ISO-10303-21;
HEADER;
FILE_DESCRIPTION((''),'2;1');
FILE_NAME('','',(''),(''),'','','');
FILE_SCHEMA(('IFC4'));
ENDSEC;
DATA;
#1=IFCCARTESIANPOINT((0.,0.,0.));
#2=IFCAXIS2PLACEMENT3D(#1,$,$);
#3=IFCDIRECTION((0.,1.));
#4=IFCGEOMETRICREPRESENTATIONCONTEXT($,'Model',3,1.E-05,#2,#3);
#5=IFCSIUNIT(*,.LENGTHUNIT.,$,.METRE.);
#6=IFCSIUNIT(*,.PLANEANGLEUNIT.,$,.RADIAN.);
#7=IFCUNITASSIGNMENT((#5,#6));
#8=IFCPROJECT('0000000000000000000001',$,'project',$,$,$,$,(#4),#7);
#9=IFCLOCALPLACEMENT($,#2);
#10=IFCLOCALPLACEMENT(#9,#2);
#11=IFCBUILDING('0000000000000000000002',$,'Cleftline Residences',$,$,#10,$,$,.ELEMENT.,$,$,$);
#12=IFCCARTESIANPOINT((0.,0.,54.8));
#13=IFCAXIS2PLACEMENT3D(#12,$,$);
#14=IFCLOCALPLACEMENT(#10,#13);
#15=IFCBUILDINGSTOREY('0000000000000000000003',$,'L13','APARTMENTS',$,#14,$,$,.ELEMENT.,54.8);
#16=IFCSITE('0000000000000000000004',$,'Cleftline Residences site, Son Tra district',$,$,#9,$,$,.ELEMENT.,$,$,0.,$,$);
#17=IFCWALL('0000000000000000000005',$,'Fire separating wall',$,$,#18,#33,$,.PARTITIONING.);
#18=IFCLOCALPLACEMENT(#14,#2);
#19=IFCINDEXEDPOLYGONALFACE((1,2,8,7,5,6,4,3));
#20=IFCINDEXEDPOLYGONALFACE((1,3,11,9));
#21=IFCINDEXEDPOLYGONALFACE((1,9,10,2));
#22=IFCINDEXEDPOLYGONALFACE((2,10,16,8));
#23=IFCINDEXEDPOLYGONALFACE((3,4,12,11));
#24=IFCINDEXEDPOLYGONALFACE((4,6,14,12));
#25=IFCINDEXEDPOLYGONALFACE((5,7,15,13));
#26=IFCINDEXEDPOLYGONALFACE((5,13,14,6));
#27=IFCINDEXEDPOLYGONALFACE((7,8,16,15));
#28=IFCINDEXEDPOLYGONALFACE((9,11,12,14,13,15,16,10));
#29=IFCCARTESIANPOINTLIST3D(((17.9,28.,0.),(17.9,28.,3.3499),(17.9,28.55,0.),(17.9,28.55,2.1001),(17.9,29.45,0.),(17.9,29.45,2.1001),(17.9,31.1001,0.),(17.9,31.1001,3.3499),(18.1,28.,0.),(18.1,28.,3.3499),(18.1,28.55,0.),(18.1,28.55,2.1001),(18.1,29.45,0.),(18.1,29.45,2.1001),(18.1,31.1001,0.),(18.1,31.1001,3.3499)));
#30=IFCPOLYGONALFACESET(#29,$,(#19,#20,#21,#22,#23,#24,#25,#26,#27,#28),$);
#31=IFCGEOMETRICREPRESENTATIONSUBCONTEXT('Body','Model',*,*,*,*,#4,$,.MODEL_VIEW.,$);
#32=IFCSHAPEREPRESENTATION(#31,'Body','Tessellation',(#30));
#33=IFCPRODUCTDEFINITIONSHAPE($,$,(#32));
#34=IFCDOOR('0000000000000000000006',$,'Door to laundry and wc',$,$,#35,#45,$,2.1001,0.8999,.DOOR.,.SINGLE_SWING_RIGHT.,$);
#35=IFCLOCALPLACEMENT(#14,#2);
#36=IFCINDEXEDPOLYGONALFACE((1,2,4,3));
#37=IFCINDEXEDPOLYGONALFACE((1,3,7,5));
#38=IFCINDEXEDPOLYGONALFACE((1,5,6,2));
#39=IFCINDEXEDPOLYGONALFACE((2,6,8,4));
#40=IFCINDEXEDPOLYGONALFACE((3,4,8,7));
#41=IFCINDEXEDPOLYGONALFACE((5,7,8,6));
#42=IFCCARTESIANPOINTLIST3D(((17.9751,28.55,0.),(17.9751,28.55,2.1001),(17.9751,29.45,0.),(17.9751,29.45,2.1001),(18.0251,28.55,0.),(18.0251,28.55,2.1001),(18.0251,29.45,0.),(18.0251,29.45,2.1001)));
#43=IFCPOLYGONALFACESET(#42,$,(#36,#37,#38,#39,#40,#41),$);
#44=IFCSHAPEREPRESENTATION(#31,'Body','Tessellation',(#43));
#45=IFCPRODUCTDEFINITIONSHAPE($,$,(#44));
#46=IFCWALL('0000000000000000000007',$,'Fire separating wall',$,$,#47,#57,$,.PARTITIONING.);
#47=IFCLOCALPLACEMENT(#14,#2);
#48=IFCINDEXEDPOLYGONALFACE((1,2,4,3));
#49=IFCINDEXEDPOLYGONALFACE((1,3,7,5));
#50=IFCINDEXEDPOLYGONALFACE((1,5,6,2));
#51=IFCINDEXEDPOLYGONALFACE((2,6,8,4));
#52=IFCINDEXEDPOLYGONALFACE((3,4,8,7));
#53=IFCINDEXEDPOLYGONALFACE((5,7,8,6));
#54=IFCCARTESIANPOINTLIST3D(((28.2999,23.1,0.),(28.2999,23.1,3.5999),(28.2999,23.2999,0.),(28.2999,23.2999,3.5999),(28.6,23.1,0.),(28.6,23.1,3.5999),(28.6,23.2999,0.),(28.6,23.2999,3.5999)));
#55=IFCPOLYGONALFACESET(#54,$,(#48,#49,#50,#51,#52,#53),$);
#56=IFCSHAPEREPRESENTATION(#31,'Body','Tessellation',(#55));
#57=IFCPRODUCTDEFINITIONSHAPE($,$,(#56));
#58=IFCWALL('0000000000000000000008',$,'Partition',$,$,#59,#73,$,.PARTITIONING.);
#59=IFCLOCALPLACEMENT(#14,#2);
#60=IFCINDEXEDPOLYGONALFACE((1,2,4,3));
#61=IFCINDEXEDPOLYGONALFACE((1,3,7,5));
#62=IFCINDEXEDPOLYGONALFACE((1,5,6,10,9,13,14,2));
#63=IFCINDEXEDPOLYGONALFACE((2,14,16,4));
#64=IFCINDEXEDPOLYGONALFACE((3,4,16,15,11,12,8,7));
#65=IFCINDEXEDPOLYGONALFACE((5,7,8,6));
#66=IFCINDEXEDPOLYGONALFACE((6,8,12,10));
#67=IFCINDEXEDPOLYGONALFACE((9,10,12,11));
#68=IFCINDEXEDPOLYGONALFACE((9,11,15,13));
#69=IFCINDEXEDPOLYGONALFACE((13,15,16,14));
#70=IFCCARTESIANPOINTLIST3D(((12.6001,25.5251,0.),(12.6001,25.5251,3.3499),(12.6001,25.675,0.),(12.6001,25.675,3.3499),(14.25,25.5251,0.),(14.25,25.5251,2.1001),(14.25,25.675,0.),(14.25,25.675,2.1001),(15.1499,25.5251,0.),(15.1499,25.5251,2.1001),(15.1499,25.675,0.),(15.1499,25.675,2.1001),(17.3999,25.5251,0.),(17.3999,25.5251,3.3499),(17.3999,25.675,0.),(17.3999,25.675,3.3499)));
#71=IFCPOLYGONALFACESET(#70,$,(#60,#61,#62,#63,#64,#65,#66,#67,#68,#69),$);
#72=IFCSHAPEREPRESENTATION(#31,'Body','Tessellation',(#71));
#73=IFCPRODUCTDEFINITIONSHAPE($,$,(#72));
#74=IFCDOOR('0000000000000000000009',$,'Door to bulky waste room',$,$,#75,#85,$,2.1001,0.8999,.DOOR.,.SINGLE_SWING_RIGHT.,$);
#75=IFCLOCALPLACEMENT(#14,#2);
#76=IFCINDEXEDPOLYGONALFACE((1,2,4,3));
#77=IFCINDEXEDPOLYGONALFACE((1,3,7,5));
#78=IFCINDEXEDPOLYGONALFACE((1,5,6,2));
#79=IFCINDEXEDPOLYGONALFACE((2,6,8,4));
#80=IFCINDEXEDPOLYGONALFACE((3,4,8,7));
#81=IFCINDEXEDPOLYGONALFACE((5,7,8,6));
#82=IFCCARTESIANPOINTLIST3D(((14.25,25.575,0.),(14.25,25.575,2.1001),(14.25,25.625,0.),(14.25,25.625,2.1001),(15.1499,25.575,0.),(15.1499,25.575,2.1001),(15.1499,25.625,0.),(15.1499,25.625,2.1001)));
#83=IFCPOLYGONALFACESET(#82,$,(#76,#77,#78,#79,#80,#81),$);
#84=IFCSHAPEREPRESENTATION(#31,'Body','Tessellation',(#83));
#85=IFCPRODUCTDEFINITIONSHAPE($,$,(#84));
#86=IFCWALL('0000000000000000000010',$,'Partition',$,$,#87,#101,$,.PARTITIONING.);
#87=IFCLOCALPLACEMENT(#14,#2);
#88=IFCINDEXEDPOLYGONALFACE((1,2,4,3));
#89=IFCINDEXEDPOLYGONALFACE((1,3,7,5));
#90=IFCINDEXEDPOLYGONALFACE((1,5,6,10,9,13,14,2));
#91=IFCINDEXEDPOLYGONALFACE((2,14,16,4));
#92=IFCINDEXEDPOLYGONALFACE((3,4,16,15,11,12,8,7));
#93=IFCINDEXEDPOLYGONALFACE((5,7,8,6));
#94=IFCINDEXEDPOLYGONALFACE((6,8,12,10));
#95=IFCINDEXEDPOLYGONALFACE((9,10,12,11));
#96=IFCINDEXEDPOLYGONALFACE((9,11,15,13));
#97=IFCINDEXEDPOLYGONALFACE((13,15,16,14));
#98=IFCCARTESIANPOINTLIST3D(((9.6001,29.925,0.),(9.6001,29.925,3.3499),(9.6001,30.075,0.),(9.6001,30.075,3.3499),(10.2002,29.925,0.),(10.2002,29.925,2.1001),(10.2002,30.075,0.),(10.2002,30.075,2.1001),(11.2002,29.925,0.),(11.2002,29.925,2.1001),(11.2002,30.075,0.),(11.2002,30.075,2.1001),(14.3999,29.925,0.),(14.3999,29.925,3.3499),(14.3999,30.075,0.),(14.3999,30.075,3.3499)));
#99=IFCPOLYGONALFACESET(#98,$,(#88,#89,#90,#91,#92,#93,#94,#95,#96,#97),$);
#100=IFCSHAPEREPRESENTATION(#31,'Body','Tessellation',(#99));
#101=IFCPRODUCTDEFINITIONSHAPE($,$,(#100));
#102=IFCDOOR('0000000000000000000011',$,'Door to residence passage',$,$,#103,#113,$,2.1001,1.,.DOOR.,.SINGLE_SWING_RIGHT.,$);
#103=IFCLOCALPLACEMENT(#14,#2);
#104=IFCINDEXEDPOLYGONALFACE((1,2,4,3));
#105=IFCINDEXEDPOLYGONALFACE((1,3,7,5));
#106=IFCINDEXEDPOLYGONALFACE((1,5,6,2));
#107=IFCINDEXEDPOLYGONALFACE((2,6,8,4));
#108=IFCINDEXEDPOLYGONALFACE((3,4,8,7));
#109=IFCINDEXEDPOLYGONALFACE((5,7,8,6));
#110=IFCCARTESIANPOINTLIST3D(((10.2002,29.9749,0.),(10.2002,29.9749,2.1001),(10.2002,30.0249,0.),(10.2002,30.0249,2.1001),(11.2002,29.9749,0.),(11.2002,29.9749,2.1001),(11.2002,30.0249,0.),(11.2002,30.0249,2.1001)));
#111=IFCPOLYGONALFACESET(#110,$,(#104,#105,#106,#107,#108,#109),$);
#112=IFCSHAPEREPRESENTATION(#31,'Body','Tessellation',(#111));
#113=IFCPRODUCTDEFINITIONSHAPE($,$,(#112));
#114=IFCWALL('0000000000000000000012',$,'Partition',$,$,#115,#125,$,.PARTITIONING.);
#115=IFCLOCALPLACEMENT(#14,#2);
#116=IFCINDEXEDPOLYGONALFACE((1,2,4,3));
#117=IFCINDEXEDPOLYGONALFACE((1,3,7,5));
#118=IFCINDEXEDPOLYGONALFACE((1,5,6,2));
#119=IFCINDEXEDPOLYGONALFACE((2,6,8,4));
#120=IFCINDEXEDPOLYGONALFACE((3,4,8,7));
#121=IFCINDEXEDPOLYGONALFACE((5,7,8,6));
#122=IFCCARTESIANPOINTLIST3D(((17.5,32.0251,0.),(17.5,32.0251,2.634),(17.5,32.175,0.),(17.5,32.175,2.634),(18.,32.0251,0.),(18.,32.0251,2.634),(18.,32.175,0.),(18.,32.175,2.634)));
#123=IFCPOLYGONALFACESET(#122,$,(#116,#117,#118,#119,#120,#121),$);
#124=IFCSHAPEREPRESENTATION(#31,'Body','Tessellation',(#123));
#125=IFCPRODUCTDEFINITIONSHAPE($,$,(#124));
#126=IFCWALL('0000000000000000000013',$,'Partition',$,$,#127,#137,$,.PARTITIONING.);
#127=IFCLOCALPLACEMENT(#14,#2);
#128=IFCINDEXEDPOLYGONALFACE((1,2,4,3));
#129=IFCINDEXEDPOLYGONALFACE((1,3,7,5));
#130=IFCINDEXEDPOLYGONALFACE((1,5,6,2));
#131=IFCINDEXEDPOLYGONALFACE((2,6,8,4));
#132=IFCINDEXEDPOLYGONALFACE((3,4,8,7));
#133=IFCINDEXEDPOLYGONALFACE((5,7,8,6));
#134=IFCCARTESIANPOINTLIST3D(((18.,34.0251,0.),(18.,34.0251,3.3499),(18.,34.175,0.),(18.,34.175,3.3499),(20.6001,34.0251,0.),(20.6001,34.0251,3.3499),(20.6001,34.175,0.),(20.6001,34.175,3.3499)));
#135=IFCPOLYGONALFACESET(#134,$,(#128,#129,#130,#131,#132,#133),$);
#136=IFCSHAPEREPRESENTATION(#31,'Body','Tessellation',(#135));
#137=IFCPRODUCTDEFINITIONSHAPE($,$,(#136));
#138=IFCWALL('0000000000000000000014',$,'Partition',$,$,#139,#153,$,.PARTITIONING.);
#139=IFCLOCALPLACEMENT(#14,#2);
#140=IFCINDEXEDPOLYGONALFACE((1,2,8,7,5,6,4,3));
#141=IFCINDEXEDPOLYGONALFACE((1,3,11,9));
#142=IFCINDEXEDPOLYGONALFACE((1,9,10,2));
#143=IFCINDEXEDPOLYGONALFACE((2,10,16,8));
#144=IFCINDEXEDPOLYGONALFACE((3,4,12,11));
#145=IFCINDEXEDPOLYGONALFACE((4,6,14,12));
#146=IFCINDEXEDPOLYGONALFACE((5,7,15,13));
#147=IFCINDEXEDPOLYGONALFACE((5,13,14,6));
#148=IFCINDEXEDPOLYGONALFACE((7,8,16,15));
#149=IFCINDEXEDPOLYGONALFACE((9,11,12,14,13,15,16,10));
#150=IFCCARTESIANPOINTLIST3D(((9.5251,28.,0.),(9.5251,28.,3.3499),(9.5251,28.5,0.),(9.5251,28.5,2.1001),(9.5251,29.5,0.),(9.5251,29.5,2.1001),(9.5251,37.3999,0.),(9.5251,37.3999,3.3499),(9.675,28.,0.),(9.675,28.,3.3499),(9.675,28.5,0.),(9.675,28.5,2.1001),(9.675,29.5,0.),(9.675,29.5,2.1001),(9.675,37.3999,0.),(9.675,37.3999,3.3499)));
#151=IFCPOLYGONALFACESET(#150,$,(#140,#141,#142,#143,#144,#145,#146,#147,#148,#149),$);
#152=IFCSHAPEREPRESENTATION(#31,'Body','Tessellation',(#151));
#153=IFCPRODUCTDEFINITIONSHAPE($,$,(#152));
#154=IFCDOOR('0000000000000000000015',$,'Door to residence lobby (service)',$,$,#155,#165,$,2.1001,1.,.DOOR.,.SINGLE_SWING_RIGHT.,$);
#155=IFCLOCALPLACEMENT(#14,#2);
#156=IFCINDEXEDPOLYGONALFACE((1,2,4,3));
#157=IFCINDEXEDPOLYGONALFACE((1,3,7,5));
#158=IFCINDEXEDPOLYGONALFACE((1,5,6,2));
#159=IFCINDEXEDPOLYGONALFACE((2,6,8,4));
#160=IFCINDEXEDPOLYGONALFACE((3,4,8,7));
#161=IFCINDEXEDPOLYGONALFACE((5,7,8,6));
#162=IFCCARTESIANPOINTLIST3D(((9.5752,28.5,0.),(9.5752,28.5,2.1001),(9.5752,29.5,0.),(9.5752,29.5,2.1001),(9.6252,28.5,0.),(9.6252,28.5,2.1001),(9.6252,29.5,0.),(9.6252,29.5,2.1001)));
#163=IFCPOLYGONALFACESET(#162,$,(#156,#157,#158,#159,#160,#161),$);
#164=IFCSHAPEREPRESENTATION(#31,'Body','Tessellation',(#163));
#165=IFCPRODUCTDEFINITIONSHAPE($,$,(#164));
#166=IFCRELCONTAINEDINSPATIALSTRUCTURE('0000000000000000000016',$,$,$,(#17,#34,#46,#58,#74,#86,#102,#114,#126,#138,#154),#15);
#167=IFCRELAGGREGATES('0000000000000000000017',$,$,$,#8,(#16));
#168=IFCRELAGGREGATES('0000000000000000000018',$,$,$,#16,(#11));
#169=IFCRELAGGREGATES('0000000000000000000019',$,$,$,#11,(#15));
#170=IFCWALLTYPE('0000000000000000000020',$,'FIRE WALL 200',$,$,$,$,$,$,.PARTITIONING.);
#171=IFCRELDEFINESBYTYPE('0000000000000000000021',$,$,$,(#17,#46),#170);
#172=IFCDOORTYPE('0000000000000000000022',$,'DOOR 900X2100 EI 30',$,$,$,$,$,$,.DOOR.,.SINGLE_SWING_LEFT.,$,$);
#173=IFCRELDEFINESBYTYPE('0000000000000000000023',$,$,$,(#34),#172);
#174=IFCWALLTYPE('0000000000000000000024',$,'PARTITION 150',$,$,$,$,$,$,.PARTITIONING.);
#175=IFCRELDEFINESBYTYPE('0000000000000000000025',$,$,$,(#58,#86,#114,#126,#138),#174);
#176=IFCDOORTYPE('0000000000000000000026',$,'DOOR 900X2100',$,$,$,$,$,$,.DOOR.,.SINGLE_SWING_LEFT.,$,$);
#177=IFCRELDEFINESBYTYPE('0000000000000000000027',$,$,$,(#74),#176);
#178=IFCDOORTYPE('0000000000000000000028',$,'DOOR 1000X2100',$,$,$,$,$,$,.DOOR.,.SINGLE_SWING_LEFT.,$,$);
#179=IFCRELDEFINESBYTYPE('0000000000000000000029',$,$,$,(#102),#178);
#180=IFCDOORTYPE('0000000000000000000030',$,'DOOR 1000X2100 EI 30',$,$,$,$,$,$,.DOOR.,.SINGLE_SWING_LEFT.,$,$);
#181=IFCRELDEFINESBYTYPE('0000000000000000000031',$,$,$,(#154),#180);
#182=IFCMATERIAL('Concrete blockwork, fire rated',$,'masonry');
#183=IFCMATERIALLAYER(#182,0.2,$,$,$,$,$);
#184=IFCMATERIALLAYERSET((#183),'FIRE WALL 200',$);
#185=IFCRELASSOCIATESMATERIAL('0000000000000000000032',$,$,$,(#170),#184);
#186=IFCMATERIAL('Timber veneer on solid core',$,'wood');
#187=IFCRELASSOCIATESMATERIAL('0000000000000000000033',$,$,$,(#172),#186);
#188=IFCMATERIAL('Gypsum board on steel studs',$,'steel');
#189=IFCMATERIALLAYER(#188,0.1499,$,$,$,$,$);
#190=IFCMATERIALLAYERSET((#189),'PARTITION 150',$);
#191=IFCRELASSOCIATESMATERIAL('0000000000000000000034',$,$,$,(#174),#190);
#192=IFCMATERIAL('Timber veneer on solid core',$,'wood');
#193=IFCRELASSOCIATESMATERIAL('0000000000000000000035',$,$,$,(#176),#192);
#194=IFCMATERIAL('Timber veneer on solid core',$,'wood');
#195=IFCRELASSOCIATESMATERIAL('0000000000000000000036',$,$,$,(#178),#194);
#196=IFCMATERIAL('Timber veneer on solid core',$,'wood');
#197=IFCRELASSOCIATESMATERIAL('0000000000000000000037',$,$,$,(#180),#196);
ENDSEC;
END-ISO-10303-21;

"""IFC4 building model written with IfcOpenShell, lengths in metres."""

from ifc_helpers import new_model, si_unit, direction, frame, frame_2d, origin, place, context, subcontext, project, spatial, rectangle, extrude, material, layer, layer_set, type_object, element, fill, save


model = new_model("IFC4")

# Units and contexts
model_context = context("Model", 3, precision=1e-05, world=origin(), true_north=direction((0.0, 1.0)))
body_context = subcontext(model_context, "Body", "Model", "MODEL_VIEW")
ifc_project = project(units=[si_unit("LENGTHUNIT", "METRE"), si_unit("PLANEANGLEUNIT", "RADIAN")], contexts=[model_context])

# Site, building, storey
site_placement = place(None, origin())
site = spatial("IfcSite", under=ifc_project, at=site_placement, Name="Cleftline Residences site, Son Tra district", CompositionType="ELEMENT", RefElevation=0.0)
building_placement = place(site_placement, origin())
building = spatial("IfcBuilding", under=site, at=building_placement, Name="Cleftline Residences", CompositionType="ELEMENT")
storey_placement = place(building_placement, frame((0.0, 0.0, 54.8)))
storey = spatial("IfcBuildingStorey", under=building, at=storey_placement, Name="L13", Description="APARTMENTS", CompositionType="ELEMENT", Elevation=54.8)

# Shared definitions
ifc_material_1 = material(Name="Concrete blockwork, fire rated", Category="masonry")
ifc_layer_1 = layer(ifc_material_1, 0.2)
ifc_layer_set_1 = layer_set([ifc_layer_1], Name="FIRE WALL 200")
wall_type_1 = type_object("IfcWallType", Name="FIRE WALL 200", PredefinedType="PARTITIONING", material=ifc_layer_set_1)

# Wall, opening, door
wall_1_placement = place(storey_placement, frame((18.0, 28.0, 0.0), z_axis=(0.0, 0.0, 1.0), x_axis=(0.0, 1.0, 0.0)))
wall_1 = element("IfcWall", 1, at=wall_1_placement, inside=storey, type_object=wall_type_1, Name="Fire separating wall", PredefinedType="PARTITIONING", context=body_context, shape_type="SweptSolid", body=[
    extrude(rectangle(XDim=3.1001, YDim=0.2, at=frame_2d((1.55, 0.0))), origin(), (0.0, 0.0, 1.0), 3.3499),
])
opening_1_placement = place(wall_1_placement, frame((0.55, 0.0, 0.0)))
opening_1 = element("IfcOpeningElement", 2, at=opening_1_placement, cuts=wall_1, PredefinedType="OPENING", context=body_context, shape_type="SweptSolid", body=[
    extrude(rectangle(XDim=0.8999, YDim=2.1001, at=frame_2d((0.45, 1.05))), frame((0.0, 0.1099, 0.0), z_axis=(0.0, -1.0, 0.0), x_axis=(1.0, 0.0, 0.0)), (0.0, 0.0, 1.0), 0.22),
])
ifc_material_2 = material(Name="Timber veneer on solid core", Category="wood")
door_type_1 = type_object("IfcDoorType", Name="DOOR 900X2100 EI 30", OperationType="SINGLE_SWING_LEFT", PredefinedType="DOOR", material=ifc_material_2)
door_1_placement = place(opening_1_placement, origin())
door_1 = element("IfcDoor", 3, at=door_1_placement, inside=storey, type_object=door_type_1, Name="Door to laundry and wc", OperationType="SINGLE_SWING_RIGHT", OverallHeight=2.1001, OverallWidth=0.8999, PredefinedType="DOOR", context=body_context, shape_type="SweptSolid", body=[
    extrude(rectangle(XDim=0.8999, YDim=2.1001, at=frame_2d((0.45, 1.05))), frame((0.0, 0.0249, 0.0), z_axis=(0.0, -1.0, 0.0), x_axis=(1.0, 0.0, 0.0)), (0.0, 0.0, 1.0), 0.05),
])
fill(opening_1, door_1)

# Wall
wall_2_placement = place(storey_placement, frame((28.3, 23.2, 0.0), z_axis=(0.0, 0.0, 1.0), x_axis=(1.0, 0.0, 0.0)))
element("IfcWall", 4, at=wall_2_placement, inside=storey, type_object=wall_type_1, Name="Fire separating wall", PredefinedType="PARTITIONING", context=body_context, shape_type="SweptSolid", body=[
    extrude(rectangle(XDim=0.3, YDim=0.2, at=frame_2d((0.1499, 0.0))), origin(), (0.0, 0.0, 1.0), 3.5999),
])

# Walls, openings, doors
ifc_material_3 = material(Name="Gypsum board on steel studs", Category="steel")
ifc_layer_2 = layer(ifc_material_3, 0.1499)
ifc_layer_set_2 = layer_set([ifc_layer_2], Name="PARTITION 150")
wall_type_2 = type_object("IfcWallType", Name="PARTITION 150", PredefinedType="PARTITIONING", material=ifc_layer_set_2)
wall_3_placement = place(storey_placement, frame((12.6001, 25.6001, 0.0), z_axis=(0.0, 0.0, 1.0), x_axis=(1.0, 0.0, 0.0)))
wall_3 = element("IfcWall", 5, at=wall_3_placement, inside=storey, type_object=wall_type_2, Name="Partition", PredefinedType="PARTITIONING", context=body_context, shape_type="SweptSolid", body=[
    extrude(rectangle(XDim=4.7998, YDim=0.1499, at=frame_2d((2.3999, 0.0))), origin(), (0.0, 0.0, 1.0), 3.3499),
])
opening_2_placement = place(wall_3_placement, frame((1.6499, 0.0, 0.0)))
opening_2 = element("IfcOpeningElement", 6, at=opening_2_placement, cuts=wall_3, PredefinedType="OPENING", context=body_context, shape_type="SweptSolid", body=[
    extrude(rectangle(XDim=0.8999, YDim=2.1001, at=frame_2d((0.45, 1.05))), frame((0.0, 0.085, 0.0), z_axis=(0.0, -1.0, 0.0), x_axis=(1.0, 0.0, 0.0)), (0.0, 0.0, 1.0), 0.1699),
])
ifc_material_4 = material(Name="Timber veneer on solid core", Category="wood")
door_type_2 = type_object("IfcDoorType", Name="DOOR 900X2100", OperationType="SINGLE_SWING_LEFT", PredefinedType="DOOR", material=ifc_material_4)
door_2_placement = place(opening_2_placement, origin())
door_2 = element("IfcDoor", 7, at=door_2_placement, inside=storey, type_object=door_type_2, Name="Door to bulky waste room", OperationType="SINGLE_SWING_RIGHT", OverallHeight=2.1001, OverallWidth=0.8999, PredefinedType="DOOR", context=body_context, shape_type="SweptSolid", body=[
    extrude(rectangle(XDim=0.8999, YDim=2.1001, at=frame_2d((0.45, 1.05))), frame((0.0, 0.0249, 0.0), z_axis=(0.0, -1.0, 0.0), x_axis=(1.0, 0.0, 0.0)), (0.0, 0.0, 1.0), 0.05),
])
fill(opening_2, door_2)
wall_4_placement = place(storey_placement, frame((9.6001, 30.0, 0.0), z_axis=(0.0, 0.0, 1.0), x_axis=(1.0, 0.0, 0.0)))
wall_4 = element("IfcWall", 8, at=wall_4_placement, inside=storey, type_object=wall_type_2, Name="Partition", PredefinedType="PARTITIONING", context=body_context, shape_type="SweptSolid", body=[
    extrude(rectangle(XDim=4.7998, YDim=0.1499, at=frame_2d((2.3999, 0.0))), origin(), (0.0, 0.0, 1.0), 3.3499),
])
opening_3_placement = place(wall_4_placement, frame((0.6001, 0.0, 0.0)))
opening_3 = element("IfcOpeningElement", 9, at=opening_3_placement, cuts=wall_4, PredefinedType="OPENING", context=body_context, shape_type="SweptSolid", body=[
    extrude(rectangle(XDim=1.0, YDim=2.1001, at=frame_2d((0.5, 1.05))), frame((0.0, 0.085, 0.0), z_axis=(0.0, -1.0, 0.0), x_axis=(1.0, 0.0, 0.0)), (0.0, 0.0, 1.0), 0.1699),
])
ifc_material_5 = material(Name="Timber veneer on solid core", Category="wood")
door_type_3 = type_object("IfcDoorType", Name="DOOR 1000X2100", OperationType="SINGLE_SWING_LEFT", PredefinedType="DOOR", material=ifc_material_5)
door_3_placement = place(opening_3_placement, origin())
door_3 = element("IfcDoor", 10, at=door_3_placement, inside=storey, type_object=door_type_3, Name="Door to residence passage", OperationType="SINGLE_SWING_RIGHT", OverallHeight=2.1001, OverallWidth=1.0, PredefinedType="DOOR", context=body_context, shape_type="SweptSolid", body=[
    extrude(rectangle(XDim=1.0, YDim=2.1001, at=frame_2d((0.5, 1.05))), frame((0.0, 0.0249, 0.0), z_axis=(0.0, -1.0, 0.0), x_axis=(1.0, 0.0, 0.0)), (0.0, 0.0, 1.0), 0.05),
])
fill(opening_3, door_3)

# Walls
wall_5_placement = place(storey_placement, frame((17.5, 32.1001, 0.0), z_axis=(0.0, 0.0, 1.0), x_axis=(1.0, 0.0, 0.0)))
element("IfcWall", 11, at=wall_5_placement, inside=storey, type_object=wall_type_2, Name="Partition", PredefinedType="PARTITIONING", context=body_context, shape_type="SweptSolid", body=[
    extrude(rectangle(XDim=0.5, YDim=0.1499, at=frame_2d((0.25, 0.0))), origin(), (0.0, 0.0, 1.0), 2.634),
])
wall_6_placement = place(storey_placement, frame((18.0, 34.1001, 0.0), z_axis=(0.0, 0.0, 1.0), x_axis=(1.0, 0.0, 0.0)))
element("IfcWall", 12, at=wall_6_placement, inside=storey, type_object=wall_type_2, Name="Partition", PredefinedType="PARTITIONING", context=body_context, shape_type="SweptSolid", body=[
    extrude(rectangle(XDim=2.6001, YDim=0.1499, at=frame_2d((1.3, 0.0))), origin(), (0.0, 0.0, 1.0), 3.3499),
])

# Wall, opening, door
wall_7_placement = place(storey_placement, frame((9.6001, 28.0, 0.0), z_axis=(0.0, 0.0, 1.0), x_axis=(0.0, 1.0, 0.0)))
wall_7 = element("IfcWall", 13, at=wall_7_placement, inside=storey, type_object=wall_type_2, Name="Partition", PredefinedType="PARTITIONING", context=body_context, shape_type="SweptSolid", body=[
    extrude(rectangle(XDim=9.3999, YDim=0.1499, at=frame_2d((4.7, 0.0))), origin(), (0.0, 0.0, 1.0), 3.3499),
])
opening_4_placement = place(wall_7_placement, frame((0.5, 0.0, 0.0)))
opening_4 = element("IfcOpeningElement", 14, at=opening_4_placement, cuts=wall_7, PredefinedType="OPENING", context=body_context, shape_type="SweptSolid", body=[
    extrude(rectangle(XDim=1.0, YDim=2.1001, at=frame_2d((0.5, 1.05))), frame((0.0, 0.085, 0.0), z_axis=(0.0, -1.0, 0.0), x_axis=(1.0, 0.0, 0.0)), (0.0, 0.0, 1.0), 0.1699),
])
ifc_material_6 = material(Name="Timber veneer on solid core", Category="wood")
door_type_4 = type_object("IfcDoorType", Name="DOOR 1000X2100 EI 30", OperationType="SINGLE_SWING_LEFT", PredefinedType="DOOR", material=ifc_material_6)
door_4_placement = place(opening_4_placement, origin())
door_4 = element("IfcDoor", 15, at=door_4_placement, inside=storey, type_object=door_type_4, Name="Door to residence lobby (service)", OperationType="SINGLE_SWING_RIGHT", OverallHeight=2.1001, OverallWidth=1.0, PredefinedType="DOOR", context=body_context, shape_type="SweptSolid", body=[
    extrude(rectangle(XDim=1.0, YDim=2.1001, at=frame_2d((0.5, 1.05))), frame((0.0, 0.0249, 0.0), z_axis=(0.0, -1.0, 0.0), x_axis=(1.0, 0.0, 0.0)), (0.0, 0.0, 1.0), 0.05),
])
fill(opening_4, door_4)

save(model, "model.ifc")
